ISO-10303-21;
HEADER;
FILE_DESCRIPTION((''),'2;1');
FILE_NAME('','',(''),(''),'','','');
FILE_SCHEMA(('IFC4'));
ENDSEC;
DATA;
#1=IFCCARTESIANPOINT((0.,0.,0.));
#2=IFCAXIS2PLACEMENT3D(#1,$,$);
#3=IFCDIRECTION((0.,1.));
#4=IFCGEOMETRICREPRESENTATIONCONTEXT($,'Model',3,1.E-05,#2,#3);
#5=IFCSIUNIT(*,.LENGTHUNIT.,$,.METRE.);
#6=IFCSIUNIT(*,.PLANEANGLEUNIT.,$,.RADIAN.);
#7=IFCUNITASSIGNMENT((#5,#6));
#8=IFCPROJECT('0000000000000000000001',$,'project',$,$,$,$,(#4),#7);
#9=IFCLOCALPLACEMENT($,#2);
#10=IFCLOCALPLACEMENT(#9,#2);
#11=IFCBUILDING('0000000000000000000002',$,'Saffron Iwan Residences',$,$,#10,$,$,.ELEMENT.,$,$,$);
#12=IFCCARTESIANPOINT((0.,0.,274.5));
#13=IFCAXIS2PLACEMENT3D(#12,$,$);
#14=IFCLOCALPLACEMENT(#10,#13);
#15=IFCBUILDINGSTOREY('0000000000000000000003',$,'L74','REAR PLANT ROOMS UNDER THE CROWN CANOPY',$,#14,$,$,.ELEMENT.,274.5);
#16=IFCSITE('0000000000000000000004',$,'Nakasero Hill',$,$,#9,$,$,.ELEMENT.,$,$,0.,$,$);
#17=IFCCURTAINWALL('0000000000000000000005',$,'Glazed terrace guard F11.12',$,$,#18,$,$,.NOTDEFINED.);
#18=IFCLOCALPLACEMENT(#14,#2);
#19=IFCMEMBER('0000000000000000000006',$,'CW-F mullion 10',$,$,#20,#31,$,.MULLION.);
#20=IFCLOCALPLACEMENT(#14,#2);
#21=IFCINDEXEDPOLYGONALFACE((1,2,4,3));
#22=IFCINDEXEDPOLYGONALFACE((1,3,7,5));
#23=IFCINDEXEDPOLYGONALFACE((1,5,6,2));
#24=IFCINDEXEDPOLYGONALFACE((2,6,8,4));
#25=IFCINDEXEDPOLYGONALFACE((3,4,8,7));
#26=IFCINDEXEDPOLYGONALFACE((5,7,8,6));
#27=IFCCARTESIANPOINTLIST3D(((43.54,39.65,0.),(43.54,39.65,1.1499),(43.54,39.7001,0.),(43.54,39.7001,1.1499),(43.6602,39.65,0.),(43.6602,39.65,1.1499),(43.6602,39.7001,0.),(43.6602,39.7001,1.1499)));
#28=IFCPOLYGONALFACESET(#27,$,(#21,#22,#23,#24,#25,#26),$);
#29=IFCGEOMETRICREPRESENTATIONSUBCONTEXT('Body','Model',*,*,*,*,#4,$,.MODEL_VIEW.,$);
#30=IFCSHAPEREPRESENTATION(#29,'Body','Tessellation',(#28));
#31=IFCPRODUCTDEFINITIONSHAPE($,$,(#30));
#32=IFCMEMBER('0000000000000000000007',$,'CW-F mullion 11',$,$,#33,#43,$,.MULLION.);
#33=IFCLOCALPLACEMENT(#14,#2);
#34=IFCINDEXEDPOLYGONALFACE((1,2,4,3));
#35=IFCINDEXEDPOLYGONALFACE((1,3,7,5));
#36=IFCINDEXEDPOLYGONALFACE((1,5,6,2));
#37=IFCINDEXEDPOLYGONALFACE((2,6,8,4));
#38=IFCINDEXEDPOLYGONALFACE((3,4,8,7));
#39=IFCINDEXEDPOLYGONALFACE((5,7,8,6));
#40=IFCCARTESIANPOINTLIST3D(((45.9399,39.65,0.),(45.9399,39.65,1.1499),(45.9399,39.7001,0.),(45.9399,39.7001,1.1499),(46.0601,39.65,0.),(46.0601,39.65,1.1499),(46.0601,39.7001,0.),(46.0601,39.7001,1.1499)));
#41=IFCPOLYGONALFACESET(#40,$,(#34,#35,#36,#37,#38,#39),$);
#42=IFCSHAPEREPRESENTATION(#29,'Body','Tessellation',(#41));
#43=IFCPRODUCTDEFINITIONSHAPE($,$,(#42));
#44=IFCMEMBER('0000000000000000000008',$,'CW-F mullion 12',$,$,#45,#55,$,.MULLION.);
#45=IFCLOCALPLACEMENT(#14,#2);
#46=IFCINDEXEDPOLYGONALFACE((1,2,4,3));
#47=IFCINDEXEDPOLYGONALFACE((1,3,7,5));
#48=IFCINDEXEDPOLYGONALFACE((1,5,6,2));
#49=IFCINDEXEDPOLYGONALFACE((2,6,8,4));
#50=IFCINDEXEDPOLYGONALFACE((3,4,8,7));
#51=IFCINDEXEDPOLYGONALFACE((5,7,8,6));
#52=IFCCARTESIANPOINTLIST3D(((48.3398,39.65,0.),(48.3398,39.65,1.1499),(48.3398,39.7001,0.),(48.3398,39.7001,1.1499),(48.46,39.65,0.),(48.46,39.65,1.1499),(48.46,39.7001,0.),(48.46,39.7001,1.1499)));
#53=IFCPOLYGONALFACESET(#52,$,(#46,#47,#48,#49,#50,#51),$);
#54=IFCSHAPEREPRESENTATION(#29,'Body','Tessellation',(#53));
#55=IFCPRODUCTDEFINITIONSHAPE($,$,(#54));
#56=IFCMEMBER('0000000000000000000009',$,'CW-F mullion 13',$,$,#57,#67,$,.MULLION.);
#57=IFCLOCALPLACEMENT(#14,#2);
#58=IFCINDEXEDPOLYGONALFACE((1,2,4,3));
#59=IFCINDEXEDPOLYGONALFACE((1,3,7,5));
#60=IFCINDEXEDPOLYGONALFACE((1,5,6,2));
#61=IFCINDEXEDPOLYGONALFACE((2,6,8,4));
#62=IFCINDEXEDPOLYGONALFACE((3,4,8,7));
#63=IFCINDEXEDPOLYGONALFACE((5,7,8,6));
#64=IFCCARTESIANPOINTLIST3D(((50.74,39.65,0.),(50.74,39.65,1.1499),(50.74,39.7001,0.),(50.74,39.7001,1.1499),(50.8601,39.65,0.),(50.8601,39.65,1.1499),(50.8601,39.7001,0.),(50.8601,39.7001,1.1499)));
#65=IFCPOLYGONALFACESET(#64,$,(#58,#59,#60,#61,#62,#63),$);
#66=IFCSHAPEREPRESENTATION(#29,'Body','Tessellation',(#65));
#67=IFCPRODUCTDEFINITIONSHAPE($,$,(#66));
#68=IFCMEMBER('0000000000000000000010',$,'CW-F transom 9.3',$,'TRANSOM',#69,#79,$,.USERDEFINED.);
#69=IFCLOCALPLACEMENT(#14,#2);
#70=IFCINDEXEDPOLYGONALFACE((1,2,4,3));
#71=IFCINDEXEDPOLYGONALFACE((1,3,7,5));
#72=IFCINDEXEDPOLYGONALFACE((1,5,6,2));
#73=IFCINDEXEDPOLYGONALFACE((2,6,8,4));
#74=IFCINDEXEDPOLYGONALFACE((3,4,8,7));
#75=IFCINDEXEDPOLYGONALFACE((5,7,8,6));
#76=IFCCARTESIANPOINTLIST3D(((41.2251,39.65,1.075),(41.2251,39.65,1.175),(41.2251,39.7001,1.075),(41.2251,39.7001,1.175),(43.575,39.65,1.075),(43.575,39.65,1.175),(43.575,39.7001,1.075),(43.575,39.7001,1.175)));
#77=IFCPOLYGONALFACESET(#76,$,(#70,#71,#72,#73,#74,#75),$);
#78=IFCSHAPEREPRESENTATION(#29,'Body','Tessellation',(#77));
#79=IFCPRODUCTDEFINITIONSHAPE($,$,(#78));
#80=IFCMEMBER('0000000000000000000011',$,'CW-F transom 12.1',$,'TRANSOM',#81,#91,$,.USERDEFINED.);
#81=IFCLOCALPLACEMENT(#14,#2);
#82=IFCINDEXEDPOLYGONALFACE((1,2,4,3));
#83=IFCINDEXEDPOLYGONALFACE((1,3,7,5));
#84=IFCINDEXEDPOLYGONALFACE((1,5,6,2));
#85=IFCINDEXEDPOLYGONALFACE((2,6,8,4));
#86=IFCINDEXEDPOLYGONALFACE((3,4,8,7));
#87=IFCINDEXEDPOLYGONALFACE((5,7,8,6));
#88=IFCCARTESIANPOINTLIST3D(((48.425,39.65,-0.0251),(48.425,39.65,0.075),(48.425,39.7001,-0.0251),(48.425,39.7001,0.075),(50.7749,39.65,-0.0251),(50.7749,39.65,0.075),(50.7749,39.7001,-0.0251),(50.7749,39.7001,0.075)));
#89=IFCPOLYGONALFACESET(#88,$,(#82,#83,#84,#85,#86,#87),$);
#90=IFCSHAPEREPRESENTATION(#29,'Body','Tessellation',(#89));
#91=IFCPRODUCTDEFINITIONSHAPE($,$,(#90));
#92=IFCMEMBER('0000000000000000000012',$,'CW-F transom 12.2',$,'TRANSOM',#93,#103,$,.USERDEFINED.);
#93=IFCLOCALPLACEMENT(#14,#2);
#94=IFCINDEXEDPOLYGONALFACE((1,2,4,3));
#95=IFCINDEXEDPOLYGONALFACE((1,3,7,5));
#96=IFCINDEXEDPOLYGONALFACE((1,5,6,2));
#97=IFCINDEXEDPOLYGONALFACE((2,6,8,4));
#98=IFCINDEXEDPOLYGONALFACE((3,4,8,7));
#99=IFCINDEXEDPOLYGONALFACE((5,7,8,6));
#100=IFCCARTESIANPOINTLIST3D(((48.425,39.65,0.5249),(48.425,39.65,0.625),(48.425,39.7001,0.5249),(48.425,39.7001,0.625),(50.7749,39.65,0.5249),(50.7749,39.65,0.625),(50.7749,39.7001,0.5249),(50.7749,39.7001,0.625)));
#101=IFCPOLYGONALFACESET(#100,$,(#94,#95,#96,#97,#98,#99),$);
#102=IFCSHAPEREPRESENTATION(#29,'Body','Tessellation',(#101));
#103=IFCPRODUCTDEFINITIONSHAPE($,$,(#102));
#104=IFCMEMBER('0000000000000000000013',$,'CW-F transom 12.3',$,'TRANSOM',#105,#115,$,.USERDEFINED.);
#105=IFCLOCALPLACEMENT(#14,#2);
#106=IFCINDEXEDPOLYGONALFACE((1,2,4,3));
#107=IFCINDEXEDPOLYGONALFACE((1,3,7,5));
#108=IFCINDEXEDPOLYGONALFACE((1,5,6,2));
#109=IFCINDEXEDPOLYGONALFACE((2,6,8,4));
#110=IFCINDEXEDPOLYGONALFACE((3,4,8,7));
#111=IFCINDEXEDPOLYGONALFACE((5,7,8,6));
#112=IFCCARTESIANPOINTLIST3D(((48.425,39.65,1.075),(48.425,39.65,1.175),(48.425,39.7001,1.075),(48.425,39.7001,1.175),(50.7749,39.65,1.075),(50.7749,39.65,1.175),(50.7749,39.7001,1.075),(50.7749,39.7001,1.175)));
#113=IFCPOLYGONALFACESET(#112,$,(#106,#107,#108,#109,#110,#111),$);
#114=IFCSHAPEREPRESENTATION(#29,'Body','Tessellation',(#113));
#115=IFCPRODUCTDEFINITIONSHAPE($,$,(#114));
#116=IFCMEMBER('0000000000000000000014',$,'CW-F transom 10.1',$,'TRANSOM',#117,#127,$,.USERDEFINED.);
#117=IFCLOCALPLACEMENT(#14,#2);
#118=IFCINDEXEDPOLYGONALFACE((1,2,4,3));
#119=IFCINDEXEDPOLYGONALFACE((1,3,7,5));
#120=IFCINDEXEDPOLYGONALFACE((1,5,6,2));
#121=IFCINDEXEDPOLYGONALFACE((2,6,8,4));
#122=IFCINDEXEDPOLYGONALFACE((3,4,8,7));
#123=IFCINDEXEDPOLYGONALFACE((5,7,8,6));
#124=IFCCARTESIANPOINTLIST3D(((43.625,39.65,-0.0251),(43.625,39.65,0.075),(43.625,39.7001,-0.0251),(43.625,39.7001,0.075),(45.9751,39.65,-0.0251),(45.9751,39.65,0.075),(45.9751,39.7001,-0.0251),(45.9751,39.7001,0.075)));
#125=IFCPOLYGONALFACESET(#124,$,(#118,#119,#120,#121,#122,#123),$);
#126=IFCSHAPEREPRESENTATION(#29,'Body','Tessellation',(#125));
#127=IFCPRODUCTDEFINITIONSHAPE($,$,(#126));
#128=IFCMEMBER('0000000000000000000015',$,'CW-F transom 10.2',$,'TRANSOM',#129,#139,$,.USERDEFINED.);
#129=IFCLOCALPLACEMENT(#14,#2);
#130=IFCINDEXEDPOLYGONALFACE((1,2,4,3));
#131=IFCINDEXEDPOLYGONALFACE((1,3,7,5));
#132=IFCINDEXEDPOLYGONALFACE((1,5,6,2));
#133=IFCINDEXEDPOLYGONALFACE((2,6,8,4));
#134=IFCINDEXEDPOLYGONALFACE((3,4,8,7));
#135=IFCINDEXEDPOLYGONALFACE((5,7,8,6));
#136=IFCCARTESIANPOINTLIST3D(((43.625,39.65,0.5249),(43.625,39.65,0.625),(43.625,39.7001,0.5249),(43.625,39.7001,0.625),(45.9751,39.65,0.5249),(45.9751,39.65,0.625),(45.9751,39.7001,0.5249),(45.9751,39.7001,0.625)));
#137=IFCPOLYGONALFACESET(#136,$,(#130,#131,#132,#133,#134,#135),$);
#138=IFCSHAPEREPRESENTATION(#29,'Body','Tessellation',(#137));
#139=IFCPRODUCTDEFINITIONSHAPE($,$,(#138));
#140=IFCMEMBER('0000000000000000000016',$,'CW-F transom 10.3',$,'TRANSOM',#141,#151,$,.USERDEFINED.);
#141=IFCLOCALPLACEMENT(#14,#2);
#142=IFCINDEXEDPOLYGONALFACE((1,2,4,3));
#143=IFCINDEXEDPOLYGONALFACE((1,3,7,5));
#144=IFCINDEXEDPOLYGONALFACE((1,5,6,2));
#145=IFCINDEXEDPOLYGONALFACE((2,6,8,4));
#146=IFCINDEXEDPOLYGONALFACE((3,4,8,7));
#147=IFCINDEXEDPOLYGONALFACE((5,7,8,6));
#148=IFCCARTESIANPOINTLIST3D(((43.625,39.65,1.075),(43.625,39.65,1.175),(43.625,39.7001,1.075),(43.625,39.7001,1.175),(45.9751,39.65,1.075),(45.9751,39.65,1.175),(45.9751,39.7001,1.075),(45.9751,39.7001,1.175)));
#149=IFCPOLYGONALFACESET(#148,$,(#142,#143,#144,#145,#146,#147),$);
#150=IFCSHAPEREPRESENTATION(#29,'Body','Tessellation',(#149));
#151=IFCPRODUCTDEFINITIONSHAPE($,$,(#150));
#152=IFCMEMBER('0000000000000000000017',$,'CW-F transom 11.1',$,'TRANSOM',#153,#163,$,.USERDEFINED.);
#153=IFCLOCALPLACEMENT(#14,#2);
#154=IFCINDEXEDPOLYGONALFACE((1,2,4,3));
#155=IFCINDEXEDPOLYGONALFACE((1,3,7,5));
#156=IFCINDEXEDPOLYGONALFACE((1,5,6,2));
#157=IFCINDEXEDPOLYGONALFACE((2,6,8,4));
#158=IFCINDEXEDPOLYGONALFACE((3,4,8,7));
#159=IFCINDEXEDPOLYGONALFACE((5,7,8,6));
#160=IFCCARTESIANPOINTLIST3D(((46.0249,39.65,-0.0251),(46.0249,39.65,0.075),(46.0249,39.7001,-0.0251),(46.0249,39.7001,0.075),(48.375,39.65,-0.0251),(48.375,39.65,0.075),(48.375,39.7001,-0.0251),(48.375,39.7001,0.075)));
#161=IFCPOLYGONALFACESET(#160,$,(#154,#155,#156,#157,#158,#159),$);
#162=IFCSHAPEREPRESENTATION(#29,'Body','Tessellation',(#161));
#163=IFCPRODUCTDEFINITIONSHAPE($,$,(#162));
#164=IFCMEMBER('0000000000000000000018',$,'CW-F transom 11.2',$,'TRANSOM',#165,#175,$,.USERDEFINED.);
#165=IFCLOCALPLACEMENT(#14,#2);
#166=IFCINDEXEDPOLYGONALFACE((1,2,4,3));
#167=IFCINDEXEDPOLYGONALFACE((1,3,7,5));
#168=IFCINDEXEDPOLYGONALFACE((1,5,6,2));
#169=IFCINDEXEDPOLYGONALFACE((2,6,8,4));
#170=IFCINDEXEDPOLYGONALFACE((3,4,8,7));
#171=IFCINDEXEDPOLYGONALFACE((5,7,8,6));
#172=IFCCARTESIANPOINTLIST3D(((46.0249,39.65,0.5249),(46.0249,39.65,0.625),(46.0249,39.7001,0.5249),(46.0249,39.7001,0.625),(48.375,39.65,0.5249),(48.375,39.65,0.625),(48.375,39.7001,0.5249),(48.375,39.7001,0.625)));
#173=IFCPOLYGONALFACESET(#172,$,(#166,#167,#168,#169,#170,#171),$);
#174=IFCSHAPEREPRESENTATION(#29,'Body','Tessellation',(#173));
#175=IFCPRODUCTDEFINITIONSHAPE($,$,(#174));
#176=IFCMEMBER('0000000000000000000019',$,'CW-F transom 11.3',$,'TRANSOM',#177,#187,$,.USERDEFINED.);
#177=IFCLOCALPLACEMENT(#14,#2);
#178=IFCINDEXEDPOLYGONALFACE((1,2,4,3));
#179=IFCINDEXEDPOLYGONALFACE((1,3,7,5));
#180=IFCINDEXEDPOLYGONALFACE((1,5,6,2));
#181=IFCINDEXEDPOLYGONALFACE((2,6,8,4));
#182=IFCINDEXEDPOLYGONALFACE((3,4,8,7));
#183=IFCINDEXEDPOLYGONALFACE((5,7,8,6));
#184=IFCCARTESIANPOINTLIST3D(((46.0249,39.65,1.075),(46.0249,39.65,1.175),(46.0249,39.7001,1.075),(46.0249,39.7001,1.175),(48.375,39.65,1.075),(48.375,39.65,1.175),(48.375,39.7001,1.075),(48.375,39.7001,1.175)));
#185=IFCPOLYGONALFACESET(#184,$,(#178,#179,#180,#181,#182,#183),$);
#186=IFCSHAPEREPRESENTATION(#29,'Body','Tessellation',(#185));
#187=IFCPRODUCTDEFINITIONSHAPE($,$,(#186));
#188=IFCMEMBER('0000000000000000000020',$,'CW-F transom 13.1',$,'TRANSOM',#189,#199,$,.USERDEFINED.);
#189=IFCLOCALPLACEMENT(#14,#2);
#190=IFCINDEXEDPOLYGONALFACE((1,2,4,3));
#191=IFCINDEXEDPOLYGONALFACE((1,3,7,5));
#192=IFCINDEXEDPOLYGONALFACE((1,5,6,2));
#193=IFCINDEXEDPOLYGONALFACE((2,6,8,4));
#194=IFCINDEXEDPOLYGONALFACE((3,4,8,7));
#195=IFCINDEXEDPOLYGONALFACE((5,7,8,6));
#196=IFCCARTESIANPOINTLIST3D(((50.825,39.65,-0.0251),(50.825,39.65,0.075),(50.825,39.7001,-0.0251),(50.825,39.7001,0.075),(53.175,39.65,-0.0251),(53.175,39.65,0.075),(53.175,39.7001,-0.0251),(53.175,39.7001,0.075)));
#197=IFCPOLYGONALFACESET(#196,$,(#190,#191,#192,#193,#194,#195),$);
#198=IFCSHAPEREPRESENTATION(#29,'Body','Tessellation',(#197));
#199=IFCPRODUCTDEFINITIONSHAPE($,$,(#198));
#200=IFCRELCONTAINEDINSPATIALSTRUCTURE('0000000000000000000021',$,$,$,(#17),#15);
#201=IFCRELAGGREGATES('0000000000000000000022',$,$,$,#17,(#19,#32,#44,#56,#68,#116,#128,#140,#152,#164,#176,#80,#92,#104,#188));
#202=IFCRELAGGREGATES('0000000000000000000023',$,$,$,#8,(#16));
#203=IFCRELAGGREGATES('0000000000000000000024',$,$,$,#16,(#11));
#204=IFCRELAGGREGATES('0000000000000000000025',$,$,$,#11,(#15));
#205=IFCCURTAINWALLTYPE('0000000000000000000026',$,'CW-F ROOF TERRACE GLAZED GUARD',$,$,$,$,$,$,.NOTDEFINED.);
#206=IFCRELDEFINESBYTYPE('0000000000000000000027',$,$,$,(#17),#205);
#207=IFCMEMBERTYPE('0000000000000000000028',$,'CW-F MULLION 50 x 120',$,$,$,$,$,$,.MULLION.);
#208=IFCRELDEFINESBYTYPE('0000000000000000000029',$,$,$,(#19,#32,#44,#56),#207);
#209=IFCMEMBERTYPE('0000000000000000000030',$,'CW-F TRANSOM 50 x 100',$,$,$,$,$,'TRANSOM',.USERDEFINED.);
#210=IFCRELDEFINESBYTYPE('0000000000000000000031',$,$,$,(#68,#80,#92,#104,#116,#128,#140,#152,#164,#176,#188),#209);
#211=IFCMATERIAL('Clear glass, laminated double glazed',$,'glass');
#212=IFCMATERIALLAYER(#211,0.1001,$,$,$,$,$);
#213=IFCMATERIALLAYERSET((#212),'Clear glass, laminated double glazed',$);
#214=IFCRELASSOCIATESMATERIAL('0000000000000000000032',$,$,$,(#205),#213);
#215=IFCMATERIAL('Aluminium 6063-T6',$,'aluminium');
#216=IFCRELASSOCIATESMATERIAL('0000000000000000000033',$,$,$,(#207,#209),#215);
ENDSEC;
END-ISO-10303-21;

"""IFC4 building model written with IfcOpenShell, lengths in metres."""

from ifc_helpers import new_model, si_unit, direction, frame, origin, origin_2d, place, context, subcontext, project, spatial, rectangle, extrude, source, transform, mapped, material, layer, layer_set, material_profile, profile_set, type_object, element, aggregate, save


model = new_model("IFC4")

# Units and contexts
model_context = context("Model", 3, precision=1e-05, world=origin(), true_north=direction((0.0, 1.0)))
body_context = subcontext(model_context, "Body", "Model", "MODEL_VIEW")
ifc_project = project(units=[si_unit("LENGTHUNIT", "METRE"), si_unit("PLANEANGLEUNIT", "RADIAN")], contexts=[model_context])

# Site, building, storey
site_placement = place(None, origin())
site = spatial("IfcSite", under=ifc_project, at=site_placement, Name="Nakasero Hill", CompositionType="ELEMENT", RefElevation=0.0)
building_placement = place(site_placement, origin())
building = spatial("IfcBuilding", under=site, at=building_placement, Name="Saffron Iwan Residences", CompositionType="ELEMENT")
storey_placement = place(building_placement, frame((0.0, 0.0, 274.5)))
storey = spatial("IfcBuildingStorey", under=building, at=storey_placement, Name="L74", Description="REAR PLANT ROOMS UNDER THE CROWN CANOPY", CompositionType="ELEMENT", Elevation=274.5)

# Curtain wall, members
ifc_material_1 = material(Name="Clear glass, laminated double glazed", Category="glass")
ifc_layer_1 = layer(ifc_material_1, 0.1001)
ifc_layer_set_1 = layer_set([ifc_layer_1], Name="Clear glass, laminated double glazed")
curtain_wall_type = type_object("IfcCurtainWallType", Name="CW-F ROOF TERRACE GLAZED GUARD", PredefinedType="NOTDEFINED", material=ifc_layer_set_1)
curtain_wall_placement = place(storey_placement, origin())
curtain_wall = element("IfcCurtainWall", 1, at=curtain_wall_placement, inside=storey, type_object=curtain_wall_type, Name="Glazed terrace guard F11.12", PredefinedType="NOTDEFINED")
ifc_material_2 = material(Name="Aluminium 6063-T6", Category="aluminium")
ifc_material_profile_1 = material_profile(ifc_material_2, rectangle(XDim=0.05, YDim=0.1201, at=origin_2d()), Name="CW-F MULLION 50 x 120")
ifc_profile_set_1 = profile_set([ifc_material_profile_1], Name="Aluminium 6063-T6")
member_type_1 = type_object("IfcMemberType", Name="CW-F MULLION 50 x 120", PredefinedType="MULLION", material=ifc_profile_set_1)
shared_shape_1 = source(origin(), body_context, "Body", "SweptSolid", [
    extrude(rectangle(XDim=0.05, YDim=0.1201, at=origin_2d()), origin(), (0.0, 0.0, 1.0), 1.1499),
])
member_1_placement = place(storey_placement, frame((43.6001, 39.675, 0.0), z_axis=(0.0, 0.0, 1.0), x_axis=(0.0, 1.0, 0.0)))
member_1 = element("IfcMember", 2, at=member_1_placement, type_object=member_type_1, Name="CW-F mullion 10", PredefinedType="MULLION", context=body_context, shape_type="MappedRepresentation", body=[
    mapped(shared_shape_1, transform((0.0, 0.0, 0.0))),
])
member_2_placement = place(storey_placement, frame((46.0, 39.675, 0.0), z_axis=(0.0, 0.0, 1.0), x_axis=(0.0, 1.0, 0.0)))
member_2 = element("IfcMember", 3, at=member_2_placement, type_object=member_type_1, Name="CW-F mullion 11", PredefinedType="MULLION", context=body_context, shape_type="MappedRepresentation", body=[
    mapped(shared_shape_1, transform((0.0, 0.0, 0.0))),
])
member_3_placement = place(storey_placement, frame((48.3999, 39.675, 0.0), z_axis=(0.0, 0.0, 1.0), x_axis=(0.0, 1.0, 0.0)))
member_3 = element("IfcMember", 4, at=member_3_placement, type_object=member_type_1, Name="CW-F mullion 12", PredefinedType="MULLION", context=body_context, shape_type="MappedRepresentation", body=[
    mapped(shared_shape_1, transform((0.0, 0.0, 0.0))),
])
member_4_placement = place(storey_placement, frame((50.8, 39.675, 0.0), z_axis=(0.0, 0.0, 1.0), x_axis=(0.0, 1.0, 0.0)))
member_4 = element("IfcMember", 5, at=member_4_placement, type_object=member_type_1, Name="CW-F mullion 13", PredefinedType="MULLION", context=body_context, shape_type="MappedRepresentation", body=[
    mapped(shared_shape_1, transform((0.0, 0.0, 0.0))),
])
ifc_material_profile_2 = material_profile(ifc_material_2, rectangle(XDim=0.05, YDim=0.1001, at=origin_2d()), Name="CW-F TRANSOM 50 x 100")
ifc_profile_set_2 = profile_set([ifc_material_profile_2], Name="Aluminium 6063-T6")
member_type_2 = type_object("IfcMemberType", Name="CW-F TRANSOM 50 x 100", ElementType="TRANSOM", PredefinedType="USERDEFINED", material=ifc_profile_set_2)
shared_shape_2 = source(origin(), body_context, "Body", "SweptSolid", [
    extrude(rectangle(XDim=0.05, YDim=0.1001, at=origin_2d()), origin(), (0.0, 0.0, 1.0), 2.3499),
])
member_5_placement = place(storey_placement, frame((41.2251, 39.675, 1.125), z_axis=(1.0, 0.0, 0.0), x_axis=(0.0, 1.0, 0.0)))
member_5 = element("IfcMember", 6, at=member_5_placement, type_object=member_type_2, Name="CW-F transom 9.3", ObjectType="TRANSOM", PredefinedType="USERDEFINED", context=body_context, shape_type="MappedRepresentation", body=[
    mapped(shared_shape_2, transform((0.0, 0.0, 0.0))),
])
member_6_placement = place(storey_placement, frame((48.425, 39.675, 0.0249), z_axis=(1.0, 0.0, 0.0), x_axis=(0.0, 1.0, 0.0)))
member_6 = element("IfcMember", 7, at=member_6_placement, type_object=member_type_2, Name="CW-F transom 12.1", ObjectType="TRANSOM", PredefinedType="USERDEFINED", context=body_context, shape_type="MappedRepresentation", body=[
    mapped(shared_shape_2, transform((0.0, 0.0, 0.0))),
])
member_7_placement = place(storey_placement, frame((48.425, 39.675, 0.575), z_axis=(1.0, 0.0, 0.0), x_axis=(0.0, 1.0, 0.0)))
member_7 = element("IfcMember", 8, at=member_7_placement, type_object=member_type_2, Name="CW-F transom 12.2", ObjectType="TRANSOM", PredefinedType="USERDEFINED", context=body_context, shape_type="MappedRepresentation", body=[
    mapped(shared_shape_2, transform((0.0, 0.0, 0.0))),
])
member_8_placement = place(storey_placement, frame((48.425, 39.675, 1.125), z_axis=(1.0, 0.0, 0.0), x_axis=(0.0, 1.0, 0.0)))
member_8 = element("IfcMember", 9, at=member_8_placement, type_object=member_type_2, Name="CW-F transom 12.3", ObjectType="TRANSOM", PredefinedType="USERDEFINED", context=body_context, shape_type="MappedRepresentation", body=[
    mapped(shared_shape_2, transform((0.0, 0.0, 0.0))),
])
shared_shape_3 = source(origin(), body_context, "Body", "SweptSolid", [
    extrude(rectangle(XDim=0.05, YDim=0.1001, at=origin_2d()), origin(), (0.0, 0.0, 1.0), 2.3501),
])
member_9_placement = place(storey_placement, frame((43.625, 39.675, 0.0249), z_axis=(1.0, 0.0, 0.0), x_axis=(0.0, 1.0, 0.0)))
member_9 = element("IfcMember", 10, at=member_9_placement, type_object=member_type_2, Name="CW-F transom 10.1", ObjectType="TRANSOM", PredefinedType="USERDEFINED", context=body_context, shape_type="MappedRepresentation", body=[
    mapped(shared_shape_3, transform((0.0, 0.0, 0.0))),
])
member_10_placement = place(storey_placement, frame((43.625, 39.675, 0.575), z_axis=(1.0, 0.0, 0.0), x_axis=(0.0, 1.0, 0.0)))
member_10 = element("IfcMember", 11, at=member_10_placement, type_object=member_type_2, Name="CW-F transom 10.2", ObjectType="TRANSOM", PredefinedType="USERDEFINED", context=body_context, shape_type="MappedRepresentation", body=[
    mapped(shared_shape_3, transform((0.0, 0.0, 0.0))),
])
member_11_placement = place(storey_placement, frame((43.625, 39.675, 1.125), z_axis=(1.0, 0.0, 0.0), x_axis=(0.0, 1.0, 0.0)))
member_11 = element("IfcMember", 12, at=member_11_placement, type_object=member_type_2, Name="CW-F transom 10.3", ObjectType="TRANSOM", PredefinedType="USERDEFINED", context=body_context, shape_type="MappedRepresentation", body=[
    mapped(shared_shape_3, transform((0.0, 0.0, 0.0))),
])
member_12_placement = place(storey_placement, frame((46.0249, 39.675, 0.0249), z_axis=(1.0, 0.0, 0.0), x_axis=(0.0, 1.0, 0.0)))
member_12 = element("IfcMember", 13, at=member_12_placement, type_object=member_type_2, Name="CW-F transom 11.1", ObjectType="TRANSOM", PredefinedType="USERDEFINED", context=body_context, shape_type="MappedRepresentation", body=[
    mapped(shared_shape_3, transform((0.0, 0.0, 0.0))),
])
member_13_placement = place(storey_placement, frame((46.0249, 39.675, 0.575), z_axis=(1.0, 0.0, 0.0), x_axis=(0.0, 1.0, 0.0)))
member_13 = element("IfcMember", 14, at=member_13_placement, type_object=member_type_2, Name="CW-F transom 11.2", ObjectType="TRANSOM", PredefinedType="USERDEFINED", context=body_context, shape_type="MappedRepresentation", body=[
    mapped(shared_shape_3, transform((0.0, 0.0, 0.0))),
])
member_14_placement = place(storey_placement, frame((46.0249, 39.675, 1.125), z_axis=(1.0, 0.0, 0.0), x_axis=(0.0, 1.0, 0.0)))
member_14 = element("IfcMember", 15, at=member_14_placement, type_object=member_type_2, Name="CW-F transom 11.3", ObjectType="TRANSOM", PredefinedType="USERDEFINED", context=body_context, shape_type="MappedRepresentation", body=[
    mapped(shared_shape_3, transform((0.0, 0.0, 0.0))),
])
member_15_placement = place(storey_placement, frame((50.825, 39.675, 0.0249), z_axis=(1.0, 0.0, 0.0), x_axis=(0.0, 1.0, 0.0)))
member_15 = element("IfcMember", 16, at=member_15_placement, type_object=member_type_2, Name="CW-F transom 13.1", ObjectType="TRANSOM", PredefinedType="USERDEFINED", context=body_context, shape_type="MappedRepresentation", body=[
    mapped(shared_shape_3, transform((0.0, 0.0, 0.0))),
])
aggregate(curtain_wall, [member_1, member_2, member_3, member_4, member_5, member_9, member_10, member_11, member_12, member_13, member_14, member_6, member_7, member_8, member_15])

save(model, "model.ifc")
